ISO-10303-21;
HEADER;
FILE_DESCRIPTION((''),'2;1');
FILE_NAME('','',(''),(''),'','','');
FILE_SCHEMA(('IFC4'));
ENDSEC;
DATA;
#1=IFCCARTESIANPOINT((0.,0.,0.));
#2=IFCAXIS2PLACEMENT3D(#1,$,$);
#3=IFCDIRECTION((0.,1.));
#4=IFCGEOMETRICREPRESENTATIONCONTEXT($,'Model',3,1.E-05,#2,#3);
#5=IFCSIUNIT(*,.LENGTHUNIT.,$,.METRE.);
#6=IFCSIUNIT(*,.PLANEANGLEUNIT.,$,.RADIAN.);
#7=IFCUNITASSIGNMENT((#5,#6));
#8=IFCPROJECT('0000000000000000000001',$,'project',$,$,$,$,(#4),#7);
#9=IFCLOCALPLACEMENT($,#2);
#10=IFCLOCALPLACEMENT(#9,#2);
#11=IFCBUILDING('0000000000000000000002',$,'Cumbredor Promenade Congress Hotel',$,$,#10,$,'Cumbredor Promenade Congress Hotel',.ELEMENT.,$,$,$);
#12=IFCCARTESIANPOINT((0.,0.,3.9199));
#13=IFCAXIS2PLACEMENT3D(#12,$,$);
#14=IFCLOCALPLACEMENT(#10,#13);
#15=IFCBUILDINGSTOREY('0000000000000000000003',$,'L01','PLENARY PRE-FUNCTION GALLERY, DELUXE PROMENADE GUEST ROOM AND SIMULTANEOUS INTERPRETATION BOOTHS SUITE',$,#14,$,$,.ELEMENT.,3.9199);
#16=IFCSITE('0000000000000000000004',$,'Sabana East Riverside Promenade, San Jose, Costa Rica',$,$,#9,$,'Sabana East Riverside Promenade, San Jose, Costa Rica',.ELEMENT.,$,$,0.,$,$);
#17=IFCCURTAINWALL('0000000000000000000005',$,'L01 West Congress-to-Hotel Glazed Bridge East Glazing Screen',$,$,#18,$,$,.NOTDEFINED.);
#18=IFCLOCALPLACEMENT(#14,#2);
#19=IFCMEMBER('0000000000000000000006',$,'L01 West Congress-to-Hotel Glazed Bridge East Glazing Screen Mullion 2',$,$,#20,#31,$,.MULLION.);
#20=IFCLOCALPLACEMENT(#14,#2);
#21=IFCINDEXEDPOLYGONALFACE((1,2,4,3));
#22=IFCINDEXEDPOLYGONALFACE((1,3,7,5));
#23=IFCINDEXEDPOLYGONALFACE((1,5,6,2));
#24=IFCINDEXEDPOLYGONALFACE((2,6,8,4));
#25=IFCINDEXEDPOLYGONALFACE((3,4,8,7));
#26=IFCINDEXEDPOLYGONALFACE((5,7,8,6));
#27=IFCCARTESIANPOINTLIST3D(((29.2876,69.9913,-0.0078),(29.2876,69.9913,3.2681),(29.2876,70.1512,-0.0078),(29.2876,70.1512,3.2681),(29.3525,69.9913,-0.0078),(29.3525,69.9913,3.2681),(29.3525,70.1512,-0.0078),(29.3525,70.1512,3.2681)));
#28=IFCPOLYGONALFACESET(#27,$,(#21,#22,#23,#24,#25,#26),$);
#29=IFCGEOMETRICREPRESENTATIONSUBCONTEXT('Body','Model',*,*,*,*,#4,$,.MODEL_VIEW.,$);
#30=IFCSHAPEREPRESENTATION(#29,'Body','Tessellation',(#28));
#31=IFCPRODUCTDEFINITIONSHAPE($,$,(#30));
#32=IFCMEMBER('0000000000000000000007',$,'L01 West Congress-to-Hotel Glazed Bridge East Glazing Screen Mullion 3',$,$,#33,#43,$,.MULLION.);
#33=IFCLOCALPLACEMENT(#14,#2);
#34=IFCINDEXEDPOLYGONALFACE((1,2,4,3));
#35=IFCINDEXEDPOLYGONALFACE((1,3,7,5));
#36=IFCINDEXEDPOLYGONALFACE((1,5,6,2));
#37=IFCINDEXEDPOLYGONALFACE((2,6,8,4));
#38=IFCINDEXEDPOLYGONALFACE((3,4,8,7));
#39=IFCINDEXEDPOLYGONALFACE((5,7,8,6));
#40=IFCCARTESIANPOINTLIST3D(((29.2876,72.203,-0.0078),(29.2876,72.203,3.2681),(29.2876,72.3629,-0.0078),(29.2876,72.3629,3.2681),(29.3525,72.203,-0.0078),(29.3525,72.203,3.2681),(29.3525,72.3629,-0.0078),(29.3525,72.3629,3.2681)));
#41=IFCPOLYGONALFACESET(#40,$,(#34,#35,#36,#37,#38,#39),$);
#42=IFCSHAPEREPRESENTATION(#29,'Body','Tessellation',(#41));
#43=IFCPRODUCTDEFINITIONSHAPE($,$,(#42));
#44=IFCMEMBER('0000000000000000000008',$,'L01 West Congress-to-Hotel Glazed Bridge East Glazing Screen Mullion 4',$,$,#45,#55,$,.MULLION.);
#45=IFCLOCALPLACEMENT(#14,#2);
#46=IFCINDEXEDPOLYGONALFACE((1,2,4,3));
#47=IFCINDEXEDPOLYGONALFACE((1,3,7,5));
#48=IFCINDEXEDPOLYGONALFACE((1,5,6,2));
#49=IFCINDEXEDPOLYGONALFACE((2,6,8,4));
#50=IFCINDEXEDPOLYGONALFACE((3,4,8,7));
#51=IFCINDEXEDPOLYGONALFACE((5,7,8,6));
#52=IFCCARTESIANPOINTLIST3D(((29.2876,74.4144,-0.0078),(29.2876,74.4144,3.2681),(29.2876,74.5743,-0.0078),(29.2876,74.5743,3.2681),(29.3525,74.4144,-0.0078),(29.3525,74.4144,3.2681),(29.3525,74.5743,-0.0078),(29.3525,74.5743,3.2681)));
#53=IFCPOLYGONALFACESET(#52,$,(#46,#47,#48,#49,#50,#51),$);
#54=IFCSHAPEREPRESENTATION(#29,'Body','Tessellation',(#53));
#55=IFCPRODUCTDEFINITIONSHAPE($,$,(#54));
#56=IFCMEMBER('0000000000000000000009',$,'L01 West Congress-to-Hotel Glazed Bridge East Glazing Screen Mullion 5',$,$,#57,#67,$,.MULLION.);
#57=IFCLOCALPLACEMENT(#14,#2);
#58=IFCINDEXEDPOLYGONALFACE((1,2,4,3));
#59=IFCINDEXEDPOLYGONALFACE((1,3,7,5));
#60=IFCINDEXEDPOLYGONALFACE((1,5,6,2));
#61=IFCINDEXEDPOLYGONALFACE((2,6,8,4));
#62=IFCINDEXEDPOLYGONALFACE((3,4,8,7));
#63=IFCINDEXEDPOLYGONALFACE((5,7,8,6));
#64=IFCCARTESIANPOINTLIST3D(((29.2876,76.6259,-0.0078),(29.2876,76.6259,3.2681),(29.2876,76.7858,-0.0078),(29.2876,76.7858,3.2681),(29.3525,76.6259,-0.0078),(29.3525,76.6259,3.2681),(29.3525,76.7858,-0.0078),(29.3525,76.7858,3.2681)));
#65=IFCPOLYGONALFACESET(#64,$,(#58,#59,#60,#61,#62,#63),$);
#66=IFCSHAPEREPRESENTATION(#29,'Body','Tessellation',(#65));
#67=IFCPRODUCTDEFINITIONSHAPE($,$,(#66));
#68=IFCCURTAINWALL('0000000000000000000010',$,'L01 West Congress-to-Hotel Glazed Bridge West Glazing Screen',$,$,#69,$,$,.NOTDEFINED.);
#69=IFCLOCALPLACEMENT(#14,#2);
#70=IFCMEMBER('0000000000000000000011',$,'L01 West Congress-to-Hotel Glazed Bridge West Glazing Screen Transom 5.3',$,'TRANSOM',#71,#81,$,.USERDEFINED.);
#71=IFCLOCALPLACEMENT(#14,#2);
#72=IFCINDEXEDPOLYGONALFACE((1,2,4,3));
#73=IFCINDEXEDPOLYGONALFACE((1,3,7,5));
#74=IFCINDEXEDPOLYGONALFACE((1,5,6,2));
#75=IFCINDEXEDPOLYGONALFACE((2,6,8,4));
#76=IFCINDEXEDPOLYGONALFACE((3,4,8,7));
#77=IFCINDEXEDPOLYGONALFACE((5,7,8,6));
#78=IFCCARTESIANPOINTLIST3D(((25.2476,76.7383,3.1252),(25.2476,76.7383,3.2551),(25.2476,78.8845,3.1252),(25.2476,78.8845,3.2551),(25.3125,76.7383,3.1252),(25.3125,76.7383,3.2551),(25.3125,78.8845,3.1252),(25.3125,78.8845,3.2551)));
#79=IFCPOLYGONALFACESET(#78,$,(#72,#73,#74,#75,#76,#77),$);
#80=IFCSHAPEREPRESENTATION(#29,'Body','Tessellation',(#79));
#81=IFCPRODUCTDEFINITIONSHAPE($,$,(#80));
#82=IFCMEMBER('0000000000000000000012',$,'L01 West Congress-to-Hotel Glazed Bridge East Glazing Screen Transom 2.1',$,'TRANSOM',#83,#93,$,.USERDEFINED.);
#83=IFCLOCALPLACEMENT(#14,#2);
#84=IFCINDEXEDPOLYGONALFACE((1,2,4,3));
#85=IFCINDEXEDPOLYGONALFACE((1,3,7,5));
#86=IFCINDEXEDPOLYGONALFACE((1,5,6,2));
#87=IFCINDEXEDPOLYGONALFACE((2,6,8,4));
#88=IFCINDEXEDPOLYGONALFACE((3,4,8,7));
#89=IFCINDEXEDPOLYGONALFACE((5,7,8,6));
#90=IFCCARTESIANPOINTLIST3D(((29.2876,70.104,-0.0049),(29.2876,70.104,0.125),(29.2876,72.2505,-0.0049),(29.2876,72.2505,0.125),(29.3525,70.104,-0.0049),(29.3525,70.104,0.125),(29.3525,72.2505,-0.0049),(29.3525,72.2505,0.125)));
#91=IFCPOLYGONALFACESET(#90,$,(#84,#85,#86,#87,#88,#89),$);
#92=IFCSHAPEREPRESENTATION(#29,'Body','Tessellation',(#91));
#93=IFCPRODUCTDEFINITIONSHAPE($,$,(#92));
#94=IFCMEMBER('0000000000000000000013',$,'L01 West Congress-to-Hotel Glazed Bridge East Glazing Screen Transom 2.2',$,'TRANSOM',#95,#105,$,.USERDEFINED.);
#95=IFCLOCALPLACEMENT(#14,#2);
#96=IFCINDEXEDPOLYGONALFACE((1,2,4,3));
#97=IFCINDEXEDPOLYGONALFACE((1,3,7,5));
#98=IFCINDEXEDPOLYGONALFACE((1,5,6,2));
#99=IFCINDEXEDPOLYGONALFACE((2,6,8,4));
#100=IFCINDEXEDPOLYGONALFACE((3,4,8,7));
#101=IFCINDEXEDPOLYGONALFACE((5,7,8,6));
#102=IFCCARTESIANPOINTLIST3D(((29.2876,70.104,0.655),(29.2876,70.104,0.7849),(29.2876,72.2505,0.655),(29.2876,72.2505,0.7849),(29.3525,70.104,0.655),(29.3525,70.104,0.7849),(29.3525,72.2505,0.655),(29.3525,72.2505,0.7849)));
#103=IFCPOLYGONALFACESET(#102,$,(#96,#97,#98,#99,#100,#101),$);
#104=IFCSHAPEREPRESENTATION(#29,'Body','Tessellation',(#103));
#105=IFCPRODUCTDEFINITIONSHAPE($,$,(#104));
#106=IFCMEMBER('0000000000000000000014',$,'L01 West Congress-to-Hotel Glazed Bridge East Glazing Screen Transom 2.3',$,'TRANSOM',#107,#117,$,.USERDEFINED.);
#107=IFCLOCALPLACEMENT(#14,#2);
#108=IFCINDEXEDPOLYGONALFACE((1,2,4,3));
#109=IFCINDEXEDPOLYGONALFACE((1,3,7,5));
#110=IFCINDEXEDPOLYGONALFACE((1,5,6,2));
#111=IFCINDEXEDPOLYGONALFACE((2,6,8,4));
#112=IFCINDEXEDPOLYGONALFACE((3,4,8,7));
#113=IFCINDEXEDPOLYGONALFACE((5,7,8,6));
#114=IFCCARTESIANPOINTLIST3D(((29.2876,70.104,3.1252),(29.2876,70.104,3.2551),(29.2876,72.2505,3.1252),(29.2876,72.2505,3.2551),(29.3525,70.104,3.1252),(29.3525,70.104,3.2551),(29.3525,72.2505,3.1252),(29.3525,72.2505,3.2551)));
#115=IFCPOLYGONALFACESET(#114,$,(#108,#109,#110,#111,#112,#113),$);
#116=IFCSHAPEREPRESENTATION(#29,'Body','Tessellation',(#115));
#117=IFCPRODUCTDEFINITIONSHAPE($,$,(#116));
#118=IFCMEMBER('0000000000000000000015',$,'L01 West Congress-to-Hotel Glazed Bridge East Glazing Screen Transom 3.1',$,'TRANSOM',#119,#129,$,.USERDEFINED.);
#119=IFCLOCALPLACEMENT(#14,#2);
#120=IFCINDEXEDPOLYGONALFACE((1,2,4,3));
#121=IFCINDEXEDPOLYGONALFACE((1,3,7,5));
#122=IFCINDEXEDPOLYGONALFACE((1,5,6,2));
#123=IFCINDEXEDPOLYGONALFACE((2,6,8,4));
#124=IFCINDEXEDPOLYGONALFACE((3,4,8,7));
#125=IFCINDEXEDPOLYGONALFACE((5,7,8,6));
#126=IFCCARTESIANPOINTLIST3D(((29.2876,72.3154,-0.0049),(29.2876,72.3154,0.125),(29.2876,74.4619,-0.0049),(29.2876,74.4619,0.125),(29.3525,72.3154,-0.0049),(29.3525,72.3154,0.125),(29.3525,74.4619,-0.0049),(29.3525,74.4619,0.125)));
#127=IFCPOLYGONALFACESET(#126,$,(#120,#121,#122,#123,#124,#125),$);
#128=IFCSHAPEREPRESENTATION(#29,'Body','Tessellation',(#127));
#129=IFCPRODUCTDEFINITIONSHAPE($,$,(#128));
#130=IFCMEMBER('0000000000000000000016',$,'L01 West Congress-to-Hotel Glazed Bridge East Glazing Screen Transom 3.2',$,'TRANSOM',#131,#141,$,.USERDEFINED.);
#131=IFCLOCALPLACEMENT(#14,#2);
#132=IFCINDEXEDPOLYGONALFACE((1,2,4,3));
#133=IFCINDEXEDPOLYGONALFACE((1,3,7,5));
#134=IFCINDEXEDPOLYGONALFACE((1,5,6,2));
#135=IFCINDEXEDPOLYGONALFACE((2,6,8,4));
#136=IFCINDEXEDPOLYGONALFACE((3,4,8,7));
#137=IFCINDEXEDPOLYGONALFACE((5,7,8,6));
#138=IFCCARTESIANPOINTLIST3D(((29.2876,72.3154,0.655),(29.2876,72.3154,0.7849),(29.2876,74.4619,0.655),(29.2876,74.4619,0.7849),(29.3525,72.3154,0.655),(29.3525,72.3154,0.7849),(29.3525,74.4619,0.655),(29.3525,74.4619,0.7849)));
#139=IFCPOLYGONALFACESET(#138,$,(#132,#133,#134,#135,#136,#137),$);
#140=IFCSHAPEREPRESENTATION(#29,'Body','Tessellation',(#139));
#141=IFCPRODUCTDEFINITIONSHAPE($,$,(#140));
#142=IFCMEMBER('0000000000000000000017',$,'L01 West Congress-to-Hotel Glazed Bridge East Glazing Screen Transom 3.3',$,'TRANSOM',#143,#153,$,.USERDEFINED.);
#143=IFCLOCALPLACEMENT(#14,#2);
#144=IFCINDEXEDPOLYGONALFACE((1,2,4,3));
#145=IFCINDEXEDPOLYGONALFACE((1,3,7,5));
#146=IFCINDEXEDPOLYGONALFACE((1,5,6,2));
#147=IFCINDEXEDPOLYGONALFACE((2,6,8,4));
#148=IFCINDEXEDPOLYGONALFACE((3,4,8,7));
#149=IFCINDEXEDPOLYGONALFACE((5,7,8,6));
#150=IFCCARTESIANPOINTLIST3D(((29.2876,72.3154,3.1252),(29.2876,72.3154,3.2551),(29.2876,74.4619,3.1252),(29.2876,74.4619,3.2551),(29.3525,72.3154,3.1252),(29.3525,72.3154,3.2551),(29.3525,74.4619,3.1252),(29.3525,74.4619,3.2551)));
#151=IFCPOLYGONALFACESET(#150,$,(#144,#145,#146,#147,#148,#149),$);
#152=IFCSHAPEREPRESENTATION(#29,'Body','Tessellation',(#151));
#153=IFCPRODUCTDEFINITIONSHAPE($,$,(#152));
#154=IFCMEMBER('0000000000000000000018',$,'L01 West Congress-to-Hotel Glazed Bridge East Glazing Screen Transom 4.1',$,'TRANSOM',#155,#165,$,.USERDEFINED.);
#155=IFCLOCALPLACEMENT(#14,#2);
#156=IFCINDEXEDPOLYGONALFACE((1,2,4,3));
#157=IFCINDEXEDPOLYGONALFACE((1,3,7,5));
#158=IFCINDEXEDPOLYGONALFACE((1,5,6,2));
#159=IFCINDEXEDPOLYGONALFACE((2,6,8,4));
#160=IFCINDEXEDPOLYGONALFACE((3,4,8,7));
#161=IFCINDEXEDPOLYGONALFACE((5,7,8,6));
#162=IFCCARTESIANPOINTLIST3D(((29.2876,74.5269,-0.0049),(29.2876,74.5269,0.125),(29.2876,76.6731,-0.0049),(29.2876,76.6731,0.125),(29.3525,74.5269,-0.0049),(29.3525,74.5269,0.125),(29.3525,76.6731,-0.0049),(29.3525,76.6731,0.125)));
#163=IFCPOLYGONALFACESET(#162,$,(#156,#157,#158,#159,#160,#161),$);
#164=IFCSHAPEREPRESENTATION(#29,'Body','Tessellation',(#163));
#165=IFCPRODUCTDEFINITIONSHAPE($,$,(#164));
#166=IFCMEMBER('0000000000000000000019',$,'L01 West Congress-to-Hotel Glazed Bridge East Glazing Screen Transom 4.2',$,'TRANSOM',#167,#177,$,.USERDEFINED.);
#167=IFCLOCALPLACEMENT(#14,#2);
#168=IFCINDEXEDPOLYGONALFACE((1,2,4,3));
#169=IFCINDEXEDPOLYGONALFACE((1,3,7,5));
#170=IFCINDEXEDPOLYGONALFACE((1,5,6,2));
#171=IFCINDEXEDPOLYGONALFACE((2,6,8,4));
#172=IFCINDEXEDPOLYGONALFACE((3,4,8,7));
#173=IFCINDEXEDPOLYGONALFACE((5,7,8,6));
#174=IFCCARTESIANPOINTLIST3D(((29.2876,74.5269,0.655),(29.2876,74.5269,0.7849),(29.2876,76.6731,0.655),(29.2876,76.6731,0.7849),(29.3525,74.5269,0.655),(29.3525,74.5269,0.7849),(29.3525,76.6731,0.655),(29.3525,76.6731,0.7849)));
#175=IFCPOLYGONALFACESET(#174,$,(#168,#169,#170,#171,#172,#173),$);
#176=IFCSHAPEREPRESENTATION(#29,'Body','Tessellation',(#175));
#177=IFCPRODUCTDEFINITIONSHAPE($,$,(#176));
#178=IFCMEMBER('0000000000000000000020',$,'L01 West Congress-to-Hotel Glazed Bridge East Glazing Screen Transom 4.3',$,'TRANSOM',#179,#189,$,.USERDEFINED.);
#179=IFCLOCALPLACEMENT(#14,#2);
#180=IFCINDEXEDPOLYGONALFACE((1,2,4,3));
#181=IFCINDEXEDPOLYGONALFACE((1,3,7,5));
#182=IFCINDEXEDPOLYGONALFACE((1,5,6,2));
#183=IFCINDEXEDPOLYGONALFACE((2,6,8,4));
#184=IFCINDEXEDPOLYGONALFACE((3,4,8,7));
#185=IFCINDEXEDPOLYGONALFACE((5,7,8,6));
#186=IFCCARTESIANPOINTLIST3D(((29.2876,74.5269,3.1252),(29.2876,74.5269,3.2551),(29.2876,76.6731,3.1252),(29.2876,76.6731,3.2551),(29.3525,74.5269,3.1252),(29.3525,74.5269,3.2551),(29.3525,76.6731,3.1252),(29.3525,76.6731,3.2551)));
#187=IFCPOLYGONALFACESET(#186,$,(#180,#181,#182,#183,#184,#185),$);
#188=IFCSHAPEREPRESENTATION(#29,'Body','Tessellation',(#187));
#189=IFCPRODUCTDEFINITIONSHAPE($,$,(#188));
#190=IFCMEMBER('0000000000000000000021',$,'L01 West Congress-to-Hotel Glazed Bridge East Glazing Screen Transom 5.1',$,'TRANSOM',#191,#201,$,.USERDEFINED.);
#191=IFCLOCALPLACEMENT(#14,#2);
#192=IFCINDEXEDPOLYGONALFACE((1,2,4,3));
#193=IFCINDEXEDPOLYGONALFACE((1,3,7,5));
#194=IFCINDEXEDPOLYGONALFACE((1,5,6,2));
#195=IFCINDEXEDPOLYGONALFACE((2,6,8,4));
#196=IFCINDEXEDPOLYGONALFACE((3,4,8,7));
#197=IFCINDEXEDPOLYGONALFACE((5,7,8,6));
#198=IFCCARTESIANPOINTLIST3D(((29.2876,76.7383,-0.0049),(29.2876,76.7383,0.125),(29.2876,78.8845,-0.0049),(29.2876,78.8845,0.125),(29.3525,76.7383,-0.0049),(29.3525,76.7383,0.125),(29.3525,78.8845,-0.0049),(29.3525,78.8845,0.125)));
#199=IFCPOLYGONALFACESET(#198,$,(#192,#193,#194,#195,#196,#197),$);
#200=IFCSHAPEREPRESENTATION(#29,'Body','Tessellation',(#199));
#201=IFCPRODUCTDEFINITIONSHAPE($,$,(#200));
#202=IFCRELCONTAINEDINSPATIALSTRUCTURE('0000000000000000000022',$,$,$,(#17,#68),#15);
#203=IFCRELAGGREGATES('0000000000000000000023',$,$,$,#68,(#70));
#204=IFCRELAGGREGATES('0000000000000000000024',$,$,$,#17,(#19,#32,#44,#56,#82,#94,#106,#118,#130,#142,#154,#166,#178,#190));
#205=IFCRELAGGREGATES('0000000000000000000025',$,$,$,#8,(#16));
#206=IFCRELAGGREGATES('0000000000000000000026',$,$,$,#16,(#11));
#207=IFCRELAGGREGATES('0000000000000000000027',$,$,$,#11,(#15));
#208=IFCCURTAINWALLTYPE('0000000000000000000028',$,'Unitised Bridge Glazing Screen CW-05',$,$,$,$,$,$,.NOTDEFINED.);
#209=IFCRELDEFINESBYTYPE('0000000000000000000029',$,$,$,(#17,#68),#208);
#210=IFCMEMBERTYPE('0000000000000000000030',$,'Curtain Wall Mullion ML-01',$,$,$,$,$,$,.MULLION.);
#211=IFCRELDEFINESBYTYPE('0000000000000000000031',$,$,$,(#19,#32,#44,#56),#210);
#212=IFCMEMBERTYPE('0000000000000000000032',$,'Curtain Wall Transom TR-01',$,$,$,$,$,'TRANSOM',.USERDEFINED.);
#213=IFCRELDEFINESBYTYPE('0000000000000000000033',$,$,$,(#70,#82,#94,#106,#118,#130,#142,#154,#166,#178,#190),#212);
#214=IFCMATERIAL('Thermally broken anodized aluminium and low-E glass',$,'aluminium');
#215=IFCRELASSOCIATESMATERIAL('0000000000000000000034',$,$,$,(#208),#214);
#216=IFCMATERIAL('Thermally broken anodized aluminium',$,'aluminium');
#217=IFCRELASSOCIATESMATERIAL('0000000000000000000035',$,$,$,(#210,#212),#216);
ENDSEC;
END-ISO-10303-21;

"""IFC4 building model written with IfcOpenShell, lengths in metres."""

from ifc_helpers import new_model, si_unit, direction, frame, origin, origin_2d, place, context, subcontext, project, spatial, rectangle, extrude, material, material_profile, profile_set, type_object, element, aggregate, save


model = new_model("IFC4")

# Units and contexts
model_context = context("Model", 3, precision=1e-05, world=origin(), true_north=direction((0.0, 1.0)))
body_context = subcontext(model_context, "Body", "Model", "MODEL_VIEW")
ifc_project = project(units=[si_unit("LENGTHUNIT", "METRE"), si_unit("PLANEANGLEUNIT", "RADIAN")], contexts=[model_context])

# Site, building, storey
site_placement = place(None, origin())
site = spatial("IfcSite", under=ifc_project, at=site_placement, Name="Sabana East Riverside Promenade, San Jose, Costa Rica", LongName="Sabana East Riverside Promenade, San Jose, Costa Rica", CompositionType="ELEMENT", RefElevation=0.0)
building_placement = place(site_placement, origin())
building = spatial("IfcBuilding", under=site, at=building_placement, Name="Cumbredor Promenade Congress Hotel", LongName="Cumbredor Promenade Congress Hotel", CompositionType="ELEMENT")
storey_placement = place(building_placement, frame((0.0, 0.0, 3.9199)))
storey = spatial("IfcBuildingStorey", under=building, at=storey_placement, Name="L01", Description="PLENARY PRE-FUNCTION GALLERY, DELUXE PROMENADE GUEST ROOM AND SIMULTANEOUS INTERPRETATION BOOTHS SUITE", CompositionType="ELEMENT", Elevation=3.9199)

# Curtain wall, members
ifc_material_1 = material(Name="Thermally broken anodized aluminium and low-E glass", Category="aluminium")
curtain_wall_type = type_object("IfcCurtainWallType", Name="Unitised Bridge Glazing Screen CW-05", PredefinedType="NOTDEFINED", material=ifc_material_1)
curtain_wall_1_placement = place(storey_placement, origin())
curtain_wall_1 = element("IfcCurtainWall", 1, at=curtain_wall_1_placement, inside=storey, type_object=curtain_wall_type, Name="L01 West Congress-to-Hotel Glazed Bridge East Glazing Screen", PredefinedType="NOTDEFINED")
ifc_material_2 = material(Name="Thermally broken anodized aluminium", Category="aluminium")
ifc_material_profile_1 = material_profile(ifc_material_2, rectangle(XDim=0.0649, YDim=0.1599, at=origin_2d()), Name="ALU MULLION 65x160")
ifc_profile_set_1 = profile_set([ifc_material_profile_1], Name="Thermally broken anodized aluminium")
member_type_1 = type_object("IfcMemberType", Name="Curtain Wall Mullion ML-01", PredefinedType="MULLION", material=ifc_profile_set_1)
member_1_placement = place(storey_placement, frame((29.3201, 70.0713, -0.0078), z_axis=(0.0, 0.0, 1.0), x_axis=(1.0, 0.0, 0.0)))
member_1 = element("IfcMember", 2, at=member_1_placement, type_object=member_type_1, Name="L01 West Congress-to-Hotel Glazed Bridge East Glazing Screen Mullion 2", PredefinedType="MULLION", context=body_context, shape_type="SweptSolid", body=[
    extrude(rectangle(XDim=0.0649, YDim=0.1599, at=origin_2d()), origin(), (0.0, 0.0, 1.0), 3.2759),
])
member_2_placement = place(storey_placement, frame((29.3201, 72.283, -0.0078), z_axis=(0.0, 0.0, 1.0), x_axis=(1.0, 0.0, 0.0)))
member_2 = element("IfcMember", 3, at=member_2_placement, type_object=member_type_1, Name="L01 West Congress-to-Hotel Glazed Bridge East Glazing Screen Mullion 3", PredefinedType="MULLION", context=body_context, shape_type="SweptSolid", body=[
    extrude(rectangle(XDim=0.0649, YDim=0.1599, at=origin_2d()), origin(), (0.0, 0.0, 1.0), 3.2759),
])
member_3_placement = place(storey_placement, frame((29.3201, 74.4944, -0.0078), z_axis=(0.0, 0.0, 1.0), x_axis=(1.0, 0.0, 0.0)))
member_3 = element("IfcMember", 4, at=member_3_placement, type_object=member_type_1, Name="L01 West Congress-to-Hotel Glazed Bridge East Glazing Screen Mullion 4", PredefinedType="MULLION", context=body_context, shape_type="SweptSolid", body=[
    extrude(rectangle(XDim=0.0649, YDim=0.1599, at=origin_2d()), origin(), (0.0, 0.0, 1.0), 3.2759),
])
member_4_placement = place(storey_placement, frame((29.3201, 76.7058, -0.0078), z_axis=(0.0, 0.0, 1.0), x_axis=(1.0, 0.0, 0.0)))
member_4 = element("IfcMember", 5, at=member_4_placement, type_object=member_type_1, Name="L01 West Congress-to-Hotel Glazed Bridge East Glazing Screen Mullion 5", PredefinedType="MULLION", context=body_context, shape_type="SweptSolid", body=[
    extrude(rectangle(XDim=0.0649, YDim=0.1599, at=origin_2d()), origin(), (0.0, 0.0, 1.0), 3.2759),
])

# Curtain wall, member
curtain_wall_2_placement = place(storey_placement, origin())
curtain_wall_2 = element("IfcCurtainWall", 6, at=curtain_wall_2_placement, inside=storey, type_object=curtain_wall_type, Name="L01 West Congress-to-Hotel Glazed Bridge West Glazing Screen", PredefinedType="NOTDEFINED")
ifc_material_profile_2 = material_profile(ifc_material_2, rectangle(XDim=0.0649, YDim=0.1299, at=origin_2d()), Name="ALU TRANSOM 65x130")
ifc_profile_set_2 = profile_set([ifc_material_profile_2], Name="Thermally broken anodized aluminium")
member_type_2 = type_object("IfcMemberType", Name="Curtain Wall Transom TR-01", ElementType="TRANSOM", PredefinedType="USERDEFINED", material=ifc_profile_set_2)
member_5_placement = place(storey_placement, frame((25.28, 76.7383, 3.1902), z_axis=(0.0, 1.0, 0.0), x_axis=(-1.0, 0.0, 0.0)))
member_5 = element("IfcMember", 7, at=member_5_placement, type_object=member_type_2, Name="L01 West Congress-to-Hotel Glazed Bridge West Glazing Screen Transom 5.3", ObjectType="TRANSOM", PredefinedType="USERDEFINED", context=body_context, shape_type="SweptSolid", body=[
    extrude(rectangle(XDim=0.0649, YDim=0.1299, at=origin_2d()), origin(), (0.0, 0.0, 1.0), 2.1462),
])
aggregate(curtain_wall_2, [member_5])

# Members
member_6_placement = place(storey_placement, frame((29.3201, 70.104, 0.0601), z_axis=(0.0, 1.0, 0.0), x_axis=(-1.0, 0.0, 0.0)))
member_6 = element("IfcMember", 8, at=member_6_placement, type_object=member_type_2, Name="L01 West Congress-to-Hotel Glazed Bridge East Glazing Screen Transom 2.1", ObjectType="TRANSOM", PredefinedType="USERDEFINED", context=body_context, shape_type="SweptSolid", body=[
    extrude(rectangle(XDim=0.0649, YDim=0.1299, at=origin_2d()), origin(), (0.0, 0.0, 1.0), 2.1465),
])
member_7_placement = place(storey_placement, frame((29.3201, 70.104, 0.72), z_axis=(0.0, 1.0, 0.0), x_axis=(-1.0, 0.0, 0.0)))
member_7 = element("IfcMember", 9, at=member_7_placement, type_object=member_type_2, Name="L01 West Congress-to-Hotel Glazed Bridge East Glazing Screen Transom 2.2", ObjectType="TRANSOM", PredefinedType="USERDEFINED", context=body_context, shape_type="SweptSolid", body=[
    extrude(rectangle(XDim=0.0649, YDim=0.1299, at=origin_2d()), origin(), (0.0, 0.0, 1.0), 2.1465),
])
member_8_placement = place(storey_placement, frame((29.3201, 70.104, 3.1902), z_axis=(0.0, 1.0, 0.0), x_axis=(-1.0, 0.0, 0.0)))
member_8 = element("IfcMember", 10, at=member_8_placement, type_object=member_type_2, Name="L01 West Congress-to-Hotel Glazed Bridge East Glazing Screen Transom 2.3", ObjectType="TRANSOM", PredefinedType="USERDEFINED", context=body_context, shape_type="SweptSolid", body=[
    extrude(rectangle(XDim=0.0649, YDim=0.1299, at=origin_2d()), origin(), (0.0, 0.0, 1.0), 2.1465),
])
member_9_placement = place(storey_placement, frame((29.3201, 72.3154, 0.0601), z_axis=(0.0, 1.0, 0.0), x_axis=(-1.0, 0.0, 0.0)))
member_9 = element("IfcMember", 11, at=member_9_placement, type_object=member_type_2, Name="L01 West Congress-to-Hotel Glazed Bridge East Glazing Screen Transom 3.1", ObjectType="TRANSOM", PredefinedType="USERDEFINED", context=body_context, shape_type="SweptSolid", body=[
    extrude(rectangle(XDim=0.0649, YDim=0.1299, at=origin_2d()), origin(), (0.0, 0.0, 1.0), 2.1465),
])
member_10_placement = place(storey_placement, frame((29.3201, 72.3154, 0.72), z_axis=(0.0, 1.0, 0.0), x_axis=(-1.0, 0.0, 0.0)))
member_10 = element("IfcMember", 12, at=member_10_placement, type_object=member_type_2, Name="L01 West Congress-to-Hotel Glazed Bridge East Glazing Screen Transom 3.2", ObjectType="TRANSOM", PredefinedType="USERDEFINED", context=body_context, shape_type="SweptSolid", body=[
    extrude(rectangle(XDim=0.0649, YDim=0.1299, at=origin_2d()), origin(), (0.0, 0.0, 1.0), 2.1465),
])
member_11_placement = place(storey_placement, frame((29.3201, 72.3154, 3.1902), z_axis=(0.0, 1.0, 0.0), x_axis=(-1.0, 0.0, 0.0)))
member_11 = element("IfcMember", 13, at=member_11_placement, type_object=member_type_2, Name="L01 West Congress-to-Hotel Glazed Bridge East Glazing Screen Transom 3.3", ObjectType="TRANSOM", PredefinedType="USERDEFINED", context=body_context, shape_type="SweptSolid", body=[
    extrude(rectangle(XDim=0.0649, YDim=0.1299, at=origin_2d()), origin(), (0.0, 0.0, 1.0), 2.1465),
])
member_12_placement = place(storey_placement, frame((29.3201, 74.5269, 0.0601), z_axis=(0.0, 1.0, 0.0), x_axis=(-1.0, 0.0, 0.0)))
member_12 = element("IfcMember", 14, at=member_12_placement, type_object=member_type_2, Name="L01 West Congress-to-Hotel Glazed Bridge East Glazing Screen Transom 4.1", ObjectType="TRANSOM", PredefinedType="USERDEFINED", context=body_context, shape_type="SweptSolid", body=[
    extrude(rectangle(XDim=0.0649, YDim=0.1299, at=origin_2d()), origin(), (0.0, 0.0, 1.0), 2.1462),
])
member_13_placement = place(storey_placement, frame((29.3201, 74.5269, 0.72), z_axis=(0.0, 1.0, 0.0), x_axis=(-1.0, 0.0, 0.0)))
member_13 = element("IfcMember", 15, at=member_13_placement, type_object=member_type_2, Name="L01 West Congress-to-Hotel Glazed Bridge East Glazing Screen Transom 4.2", ObjectType="TRANSOM", PredefinedType="USERDEFINED", context=body_context, shape_type="SweptSolid", body=[
    extrude(rectangle(XDim=0.0649, YDim=0.1299, at=origin_2d()), origin(), (0.0, 0.0, 1.0), 2.1462),
])
member_14_placement = place(storey_placement, frame((29.3201, 74.5269, 3.1902), z_axis=(0.0, 1.0, 0.0), x_axis=(-1.0, 0.0, 0.0)))
member_14 = element("IfcMember", 16, at=member_14_placement, type_object=member_type_2, Name="L01 West Congress-to-Hotel Glazed Bridge East Glazing Screen Transom 4.3", ObjectType="TRANSOM", PredefinedType="USERDEFINED", context=body_context, shape_type="SweptSolid", body=[
    extrude(rectangle(XDim=0.0649, YDim=0.1299, at=origin_2d()), origin(), (0.0, 0.0, 1.0), 2.1462),
])
member_15_placement = place(storey_placement, frame((29.3201, 76.7383, 0.0601), z_axis=(0.0, 1.0, 0.0), x_axis=(-1.0, 0.0, 0.0)))
member_15 = element("IfcMember", 17, at=member_15_placement, type_object=member_type_2, Name="L01 West Congress-to-Hotel Glazed Bridge East Glazing Screen Transom 5.1", ObjectType="TRANSOM", PredefinedType="USERDEFINED", context=body_context, shape_type="SweptSolid", body=[
    extrude(rectangle(XDim=0.0649, YDim=0.1299, at=origin_2d()), origin(), (0.0, 0.0, 1.0), 2.1462),
])

aggregate(curtain_wall_1, [member_1, member_2, member_3, member_4, member_6, member_7, member_8, member_9, member_10, member_11, member_12, member_13, member_14, member_15])

save(model, "model.ifc")
